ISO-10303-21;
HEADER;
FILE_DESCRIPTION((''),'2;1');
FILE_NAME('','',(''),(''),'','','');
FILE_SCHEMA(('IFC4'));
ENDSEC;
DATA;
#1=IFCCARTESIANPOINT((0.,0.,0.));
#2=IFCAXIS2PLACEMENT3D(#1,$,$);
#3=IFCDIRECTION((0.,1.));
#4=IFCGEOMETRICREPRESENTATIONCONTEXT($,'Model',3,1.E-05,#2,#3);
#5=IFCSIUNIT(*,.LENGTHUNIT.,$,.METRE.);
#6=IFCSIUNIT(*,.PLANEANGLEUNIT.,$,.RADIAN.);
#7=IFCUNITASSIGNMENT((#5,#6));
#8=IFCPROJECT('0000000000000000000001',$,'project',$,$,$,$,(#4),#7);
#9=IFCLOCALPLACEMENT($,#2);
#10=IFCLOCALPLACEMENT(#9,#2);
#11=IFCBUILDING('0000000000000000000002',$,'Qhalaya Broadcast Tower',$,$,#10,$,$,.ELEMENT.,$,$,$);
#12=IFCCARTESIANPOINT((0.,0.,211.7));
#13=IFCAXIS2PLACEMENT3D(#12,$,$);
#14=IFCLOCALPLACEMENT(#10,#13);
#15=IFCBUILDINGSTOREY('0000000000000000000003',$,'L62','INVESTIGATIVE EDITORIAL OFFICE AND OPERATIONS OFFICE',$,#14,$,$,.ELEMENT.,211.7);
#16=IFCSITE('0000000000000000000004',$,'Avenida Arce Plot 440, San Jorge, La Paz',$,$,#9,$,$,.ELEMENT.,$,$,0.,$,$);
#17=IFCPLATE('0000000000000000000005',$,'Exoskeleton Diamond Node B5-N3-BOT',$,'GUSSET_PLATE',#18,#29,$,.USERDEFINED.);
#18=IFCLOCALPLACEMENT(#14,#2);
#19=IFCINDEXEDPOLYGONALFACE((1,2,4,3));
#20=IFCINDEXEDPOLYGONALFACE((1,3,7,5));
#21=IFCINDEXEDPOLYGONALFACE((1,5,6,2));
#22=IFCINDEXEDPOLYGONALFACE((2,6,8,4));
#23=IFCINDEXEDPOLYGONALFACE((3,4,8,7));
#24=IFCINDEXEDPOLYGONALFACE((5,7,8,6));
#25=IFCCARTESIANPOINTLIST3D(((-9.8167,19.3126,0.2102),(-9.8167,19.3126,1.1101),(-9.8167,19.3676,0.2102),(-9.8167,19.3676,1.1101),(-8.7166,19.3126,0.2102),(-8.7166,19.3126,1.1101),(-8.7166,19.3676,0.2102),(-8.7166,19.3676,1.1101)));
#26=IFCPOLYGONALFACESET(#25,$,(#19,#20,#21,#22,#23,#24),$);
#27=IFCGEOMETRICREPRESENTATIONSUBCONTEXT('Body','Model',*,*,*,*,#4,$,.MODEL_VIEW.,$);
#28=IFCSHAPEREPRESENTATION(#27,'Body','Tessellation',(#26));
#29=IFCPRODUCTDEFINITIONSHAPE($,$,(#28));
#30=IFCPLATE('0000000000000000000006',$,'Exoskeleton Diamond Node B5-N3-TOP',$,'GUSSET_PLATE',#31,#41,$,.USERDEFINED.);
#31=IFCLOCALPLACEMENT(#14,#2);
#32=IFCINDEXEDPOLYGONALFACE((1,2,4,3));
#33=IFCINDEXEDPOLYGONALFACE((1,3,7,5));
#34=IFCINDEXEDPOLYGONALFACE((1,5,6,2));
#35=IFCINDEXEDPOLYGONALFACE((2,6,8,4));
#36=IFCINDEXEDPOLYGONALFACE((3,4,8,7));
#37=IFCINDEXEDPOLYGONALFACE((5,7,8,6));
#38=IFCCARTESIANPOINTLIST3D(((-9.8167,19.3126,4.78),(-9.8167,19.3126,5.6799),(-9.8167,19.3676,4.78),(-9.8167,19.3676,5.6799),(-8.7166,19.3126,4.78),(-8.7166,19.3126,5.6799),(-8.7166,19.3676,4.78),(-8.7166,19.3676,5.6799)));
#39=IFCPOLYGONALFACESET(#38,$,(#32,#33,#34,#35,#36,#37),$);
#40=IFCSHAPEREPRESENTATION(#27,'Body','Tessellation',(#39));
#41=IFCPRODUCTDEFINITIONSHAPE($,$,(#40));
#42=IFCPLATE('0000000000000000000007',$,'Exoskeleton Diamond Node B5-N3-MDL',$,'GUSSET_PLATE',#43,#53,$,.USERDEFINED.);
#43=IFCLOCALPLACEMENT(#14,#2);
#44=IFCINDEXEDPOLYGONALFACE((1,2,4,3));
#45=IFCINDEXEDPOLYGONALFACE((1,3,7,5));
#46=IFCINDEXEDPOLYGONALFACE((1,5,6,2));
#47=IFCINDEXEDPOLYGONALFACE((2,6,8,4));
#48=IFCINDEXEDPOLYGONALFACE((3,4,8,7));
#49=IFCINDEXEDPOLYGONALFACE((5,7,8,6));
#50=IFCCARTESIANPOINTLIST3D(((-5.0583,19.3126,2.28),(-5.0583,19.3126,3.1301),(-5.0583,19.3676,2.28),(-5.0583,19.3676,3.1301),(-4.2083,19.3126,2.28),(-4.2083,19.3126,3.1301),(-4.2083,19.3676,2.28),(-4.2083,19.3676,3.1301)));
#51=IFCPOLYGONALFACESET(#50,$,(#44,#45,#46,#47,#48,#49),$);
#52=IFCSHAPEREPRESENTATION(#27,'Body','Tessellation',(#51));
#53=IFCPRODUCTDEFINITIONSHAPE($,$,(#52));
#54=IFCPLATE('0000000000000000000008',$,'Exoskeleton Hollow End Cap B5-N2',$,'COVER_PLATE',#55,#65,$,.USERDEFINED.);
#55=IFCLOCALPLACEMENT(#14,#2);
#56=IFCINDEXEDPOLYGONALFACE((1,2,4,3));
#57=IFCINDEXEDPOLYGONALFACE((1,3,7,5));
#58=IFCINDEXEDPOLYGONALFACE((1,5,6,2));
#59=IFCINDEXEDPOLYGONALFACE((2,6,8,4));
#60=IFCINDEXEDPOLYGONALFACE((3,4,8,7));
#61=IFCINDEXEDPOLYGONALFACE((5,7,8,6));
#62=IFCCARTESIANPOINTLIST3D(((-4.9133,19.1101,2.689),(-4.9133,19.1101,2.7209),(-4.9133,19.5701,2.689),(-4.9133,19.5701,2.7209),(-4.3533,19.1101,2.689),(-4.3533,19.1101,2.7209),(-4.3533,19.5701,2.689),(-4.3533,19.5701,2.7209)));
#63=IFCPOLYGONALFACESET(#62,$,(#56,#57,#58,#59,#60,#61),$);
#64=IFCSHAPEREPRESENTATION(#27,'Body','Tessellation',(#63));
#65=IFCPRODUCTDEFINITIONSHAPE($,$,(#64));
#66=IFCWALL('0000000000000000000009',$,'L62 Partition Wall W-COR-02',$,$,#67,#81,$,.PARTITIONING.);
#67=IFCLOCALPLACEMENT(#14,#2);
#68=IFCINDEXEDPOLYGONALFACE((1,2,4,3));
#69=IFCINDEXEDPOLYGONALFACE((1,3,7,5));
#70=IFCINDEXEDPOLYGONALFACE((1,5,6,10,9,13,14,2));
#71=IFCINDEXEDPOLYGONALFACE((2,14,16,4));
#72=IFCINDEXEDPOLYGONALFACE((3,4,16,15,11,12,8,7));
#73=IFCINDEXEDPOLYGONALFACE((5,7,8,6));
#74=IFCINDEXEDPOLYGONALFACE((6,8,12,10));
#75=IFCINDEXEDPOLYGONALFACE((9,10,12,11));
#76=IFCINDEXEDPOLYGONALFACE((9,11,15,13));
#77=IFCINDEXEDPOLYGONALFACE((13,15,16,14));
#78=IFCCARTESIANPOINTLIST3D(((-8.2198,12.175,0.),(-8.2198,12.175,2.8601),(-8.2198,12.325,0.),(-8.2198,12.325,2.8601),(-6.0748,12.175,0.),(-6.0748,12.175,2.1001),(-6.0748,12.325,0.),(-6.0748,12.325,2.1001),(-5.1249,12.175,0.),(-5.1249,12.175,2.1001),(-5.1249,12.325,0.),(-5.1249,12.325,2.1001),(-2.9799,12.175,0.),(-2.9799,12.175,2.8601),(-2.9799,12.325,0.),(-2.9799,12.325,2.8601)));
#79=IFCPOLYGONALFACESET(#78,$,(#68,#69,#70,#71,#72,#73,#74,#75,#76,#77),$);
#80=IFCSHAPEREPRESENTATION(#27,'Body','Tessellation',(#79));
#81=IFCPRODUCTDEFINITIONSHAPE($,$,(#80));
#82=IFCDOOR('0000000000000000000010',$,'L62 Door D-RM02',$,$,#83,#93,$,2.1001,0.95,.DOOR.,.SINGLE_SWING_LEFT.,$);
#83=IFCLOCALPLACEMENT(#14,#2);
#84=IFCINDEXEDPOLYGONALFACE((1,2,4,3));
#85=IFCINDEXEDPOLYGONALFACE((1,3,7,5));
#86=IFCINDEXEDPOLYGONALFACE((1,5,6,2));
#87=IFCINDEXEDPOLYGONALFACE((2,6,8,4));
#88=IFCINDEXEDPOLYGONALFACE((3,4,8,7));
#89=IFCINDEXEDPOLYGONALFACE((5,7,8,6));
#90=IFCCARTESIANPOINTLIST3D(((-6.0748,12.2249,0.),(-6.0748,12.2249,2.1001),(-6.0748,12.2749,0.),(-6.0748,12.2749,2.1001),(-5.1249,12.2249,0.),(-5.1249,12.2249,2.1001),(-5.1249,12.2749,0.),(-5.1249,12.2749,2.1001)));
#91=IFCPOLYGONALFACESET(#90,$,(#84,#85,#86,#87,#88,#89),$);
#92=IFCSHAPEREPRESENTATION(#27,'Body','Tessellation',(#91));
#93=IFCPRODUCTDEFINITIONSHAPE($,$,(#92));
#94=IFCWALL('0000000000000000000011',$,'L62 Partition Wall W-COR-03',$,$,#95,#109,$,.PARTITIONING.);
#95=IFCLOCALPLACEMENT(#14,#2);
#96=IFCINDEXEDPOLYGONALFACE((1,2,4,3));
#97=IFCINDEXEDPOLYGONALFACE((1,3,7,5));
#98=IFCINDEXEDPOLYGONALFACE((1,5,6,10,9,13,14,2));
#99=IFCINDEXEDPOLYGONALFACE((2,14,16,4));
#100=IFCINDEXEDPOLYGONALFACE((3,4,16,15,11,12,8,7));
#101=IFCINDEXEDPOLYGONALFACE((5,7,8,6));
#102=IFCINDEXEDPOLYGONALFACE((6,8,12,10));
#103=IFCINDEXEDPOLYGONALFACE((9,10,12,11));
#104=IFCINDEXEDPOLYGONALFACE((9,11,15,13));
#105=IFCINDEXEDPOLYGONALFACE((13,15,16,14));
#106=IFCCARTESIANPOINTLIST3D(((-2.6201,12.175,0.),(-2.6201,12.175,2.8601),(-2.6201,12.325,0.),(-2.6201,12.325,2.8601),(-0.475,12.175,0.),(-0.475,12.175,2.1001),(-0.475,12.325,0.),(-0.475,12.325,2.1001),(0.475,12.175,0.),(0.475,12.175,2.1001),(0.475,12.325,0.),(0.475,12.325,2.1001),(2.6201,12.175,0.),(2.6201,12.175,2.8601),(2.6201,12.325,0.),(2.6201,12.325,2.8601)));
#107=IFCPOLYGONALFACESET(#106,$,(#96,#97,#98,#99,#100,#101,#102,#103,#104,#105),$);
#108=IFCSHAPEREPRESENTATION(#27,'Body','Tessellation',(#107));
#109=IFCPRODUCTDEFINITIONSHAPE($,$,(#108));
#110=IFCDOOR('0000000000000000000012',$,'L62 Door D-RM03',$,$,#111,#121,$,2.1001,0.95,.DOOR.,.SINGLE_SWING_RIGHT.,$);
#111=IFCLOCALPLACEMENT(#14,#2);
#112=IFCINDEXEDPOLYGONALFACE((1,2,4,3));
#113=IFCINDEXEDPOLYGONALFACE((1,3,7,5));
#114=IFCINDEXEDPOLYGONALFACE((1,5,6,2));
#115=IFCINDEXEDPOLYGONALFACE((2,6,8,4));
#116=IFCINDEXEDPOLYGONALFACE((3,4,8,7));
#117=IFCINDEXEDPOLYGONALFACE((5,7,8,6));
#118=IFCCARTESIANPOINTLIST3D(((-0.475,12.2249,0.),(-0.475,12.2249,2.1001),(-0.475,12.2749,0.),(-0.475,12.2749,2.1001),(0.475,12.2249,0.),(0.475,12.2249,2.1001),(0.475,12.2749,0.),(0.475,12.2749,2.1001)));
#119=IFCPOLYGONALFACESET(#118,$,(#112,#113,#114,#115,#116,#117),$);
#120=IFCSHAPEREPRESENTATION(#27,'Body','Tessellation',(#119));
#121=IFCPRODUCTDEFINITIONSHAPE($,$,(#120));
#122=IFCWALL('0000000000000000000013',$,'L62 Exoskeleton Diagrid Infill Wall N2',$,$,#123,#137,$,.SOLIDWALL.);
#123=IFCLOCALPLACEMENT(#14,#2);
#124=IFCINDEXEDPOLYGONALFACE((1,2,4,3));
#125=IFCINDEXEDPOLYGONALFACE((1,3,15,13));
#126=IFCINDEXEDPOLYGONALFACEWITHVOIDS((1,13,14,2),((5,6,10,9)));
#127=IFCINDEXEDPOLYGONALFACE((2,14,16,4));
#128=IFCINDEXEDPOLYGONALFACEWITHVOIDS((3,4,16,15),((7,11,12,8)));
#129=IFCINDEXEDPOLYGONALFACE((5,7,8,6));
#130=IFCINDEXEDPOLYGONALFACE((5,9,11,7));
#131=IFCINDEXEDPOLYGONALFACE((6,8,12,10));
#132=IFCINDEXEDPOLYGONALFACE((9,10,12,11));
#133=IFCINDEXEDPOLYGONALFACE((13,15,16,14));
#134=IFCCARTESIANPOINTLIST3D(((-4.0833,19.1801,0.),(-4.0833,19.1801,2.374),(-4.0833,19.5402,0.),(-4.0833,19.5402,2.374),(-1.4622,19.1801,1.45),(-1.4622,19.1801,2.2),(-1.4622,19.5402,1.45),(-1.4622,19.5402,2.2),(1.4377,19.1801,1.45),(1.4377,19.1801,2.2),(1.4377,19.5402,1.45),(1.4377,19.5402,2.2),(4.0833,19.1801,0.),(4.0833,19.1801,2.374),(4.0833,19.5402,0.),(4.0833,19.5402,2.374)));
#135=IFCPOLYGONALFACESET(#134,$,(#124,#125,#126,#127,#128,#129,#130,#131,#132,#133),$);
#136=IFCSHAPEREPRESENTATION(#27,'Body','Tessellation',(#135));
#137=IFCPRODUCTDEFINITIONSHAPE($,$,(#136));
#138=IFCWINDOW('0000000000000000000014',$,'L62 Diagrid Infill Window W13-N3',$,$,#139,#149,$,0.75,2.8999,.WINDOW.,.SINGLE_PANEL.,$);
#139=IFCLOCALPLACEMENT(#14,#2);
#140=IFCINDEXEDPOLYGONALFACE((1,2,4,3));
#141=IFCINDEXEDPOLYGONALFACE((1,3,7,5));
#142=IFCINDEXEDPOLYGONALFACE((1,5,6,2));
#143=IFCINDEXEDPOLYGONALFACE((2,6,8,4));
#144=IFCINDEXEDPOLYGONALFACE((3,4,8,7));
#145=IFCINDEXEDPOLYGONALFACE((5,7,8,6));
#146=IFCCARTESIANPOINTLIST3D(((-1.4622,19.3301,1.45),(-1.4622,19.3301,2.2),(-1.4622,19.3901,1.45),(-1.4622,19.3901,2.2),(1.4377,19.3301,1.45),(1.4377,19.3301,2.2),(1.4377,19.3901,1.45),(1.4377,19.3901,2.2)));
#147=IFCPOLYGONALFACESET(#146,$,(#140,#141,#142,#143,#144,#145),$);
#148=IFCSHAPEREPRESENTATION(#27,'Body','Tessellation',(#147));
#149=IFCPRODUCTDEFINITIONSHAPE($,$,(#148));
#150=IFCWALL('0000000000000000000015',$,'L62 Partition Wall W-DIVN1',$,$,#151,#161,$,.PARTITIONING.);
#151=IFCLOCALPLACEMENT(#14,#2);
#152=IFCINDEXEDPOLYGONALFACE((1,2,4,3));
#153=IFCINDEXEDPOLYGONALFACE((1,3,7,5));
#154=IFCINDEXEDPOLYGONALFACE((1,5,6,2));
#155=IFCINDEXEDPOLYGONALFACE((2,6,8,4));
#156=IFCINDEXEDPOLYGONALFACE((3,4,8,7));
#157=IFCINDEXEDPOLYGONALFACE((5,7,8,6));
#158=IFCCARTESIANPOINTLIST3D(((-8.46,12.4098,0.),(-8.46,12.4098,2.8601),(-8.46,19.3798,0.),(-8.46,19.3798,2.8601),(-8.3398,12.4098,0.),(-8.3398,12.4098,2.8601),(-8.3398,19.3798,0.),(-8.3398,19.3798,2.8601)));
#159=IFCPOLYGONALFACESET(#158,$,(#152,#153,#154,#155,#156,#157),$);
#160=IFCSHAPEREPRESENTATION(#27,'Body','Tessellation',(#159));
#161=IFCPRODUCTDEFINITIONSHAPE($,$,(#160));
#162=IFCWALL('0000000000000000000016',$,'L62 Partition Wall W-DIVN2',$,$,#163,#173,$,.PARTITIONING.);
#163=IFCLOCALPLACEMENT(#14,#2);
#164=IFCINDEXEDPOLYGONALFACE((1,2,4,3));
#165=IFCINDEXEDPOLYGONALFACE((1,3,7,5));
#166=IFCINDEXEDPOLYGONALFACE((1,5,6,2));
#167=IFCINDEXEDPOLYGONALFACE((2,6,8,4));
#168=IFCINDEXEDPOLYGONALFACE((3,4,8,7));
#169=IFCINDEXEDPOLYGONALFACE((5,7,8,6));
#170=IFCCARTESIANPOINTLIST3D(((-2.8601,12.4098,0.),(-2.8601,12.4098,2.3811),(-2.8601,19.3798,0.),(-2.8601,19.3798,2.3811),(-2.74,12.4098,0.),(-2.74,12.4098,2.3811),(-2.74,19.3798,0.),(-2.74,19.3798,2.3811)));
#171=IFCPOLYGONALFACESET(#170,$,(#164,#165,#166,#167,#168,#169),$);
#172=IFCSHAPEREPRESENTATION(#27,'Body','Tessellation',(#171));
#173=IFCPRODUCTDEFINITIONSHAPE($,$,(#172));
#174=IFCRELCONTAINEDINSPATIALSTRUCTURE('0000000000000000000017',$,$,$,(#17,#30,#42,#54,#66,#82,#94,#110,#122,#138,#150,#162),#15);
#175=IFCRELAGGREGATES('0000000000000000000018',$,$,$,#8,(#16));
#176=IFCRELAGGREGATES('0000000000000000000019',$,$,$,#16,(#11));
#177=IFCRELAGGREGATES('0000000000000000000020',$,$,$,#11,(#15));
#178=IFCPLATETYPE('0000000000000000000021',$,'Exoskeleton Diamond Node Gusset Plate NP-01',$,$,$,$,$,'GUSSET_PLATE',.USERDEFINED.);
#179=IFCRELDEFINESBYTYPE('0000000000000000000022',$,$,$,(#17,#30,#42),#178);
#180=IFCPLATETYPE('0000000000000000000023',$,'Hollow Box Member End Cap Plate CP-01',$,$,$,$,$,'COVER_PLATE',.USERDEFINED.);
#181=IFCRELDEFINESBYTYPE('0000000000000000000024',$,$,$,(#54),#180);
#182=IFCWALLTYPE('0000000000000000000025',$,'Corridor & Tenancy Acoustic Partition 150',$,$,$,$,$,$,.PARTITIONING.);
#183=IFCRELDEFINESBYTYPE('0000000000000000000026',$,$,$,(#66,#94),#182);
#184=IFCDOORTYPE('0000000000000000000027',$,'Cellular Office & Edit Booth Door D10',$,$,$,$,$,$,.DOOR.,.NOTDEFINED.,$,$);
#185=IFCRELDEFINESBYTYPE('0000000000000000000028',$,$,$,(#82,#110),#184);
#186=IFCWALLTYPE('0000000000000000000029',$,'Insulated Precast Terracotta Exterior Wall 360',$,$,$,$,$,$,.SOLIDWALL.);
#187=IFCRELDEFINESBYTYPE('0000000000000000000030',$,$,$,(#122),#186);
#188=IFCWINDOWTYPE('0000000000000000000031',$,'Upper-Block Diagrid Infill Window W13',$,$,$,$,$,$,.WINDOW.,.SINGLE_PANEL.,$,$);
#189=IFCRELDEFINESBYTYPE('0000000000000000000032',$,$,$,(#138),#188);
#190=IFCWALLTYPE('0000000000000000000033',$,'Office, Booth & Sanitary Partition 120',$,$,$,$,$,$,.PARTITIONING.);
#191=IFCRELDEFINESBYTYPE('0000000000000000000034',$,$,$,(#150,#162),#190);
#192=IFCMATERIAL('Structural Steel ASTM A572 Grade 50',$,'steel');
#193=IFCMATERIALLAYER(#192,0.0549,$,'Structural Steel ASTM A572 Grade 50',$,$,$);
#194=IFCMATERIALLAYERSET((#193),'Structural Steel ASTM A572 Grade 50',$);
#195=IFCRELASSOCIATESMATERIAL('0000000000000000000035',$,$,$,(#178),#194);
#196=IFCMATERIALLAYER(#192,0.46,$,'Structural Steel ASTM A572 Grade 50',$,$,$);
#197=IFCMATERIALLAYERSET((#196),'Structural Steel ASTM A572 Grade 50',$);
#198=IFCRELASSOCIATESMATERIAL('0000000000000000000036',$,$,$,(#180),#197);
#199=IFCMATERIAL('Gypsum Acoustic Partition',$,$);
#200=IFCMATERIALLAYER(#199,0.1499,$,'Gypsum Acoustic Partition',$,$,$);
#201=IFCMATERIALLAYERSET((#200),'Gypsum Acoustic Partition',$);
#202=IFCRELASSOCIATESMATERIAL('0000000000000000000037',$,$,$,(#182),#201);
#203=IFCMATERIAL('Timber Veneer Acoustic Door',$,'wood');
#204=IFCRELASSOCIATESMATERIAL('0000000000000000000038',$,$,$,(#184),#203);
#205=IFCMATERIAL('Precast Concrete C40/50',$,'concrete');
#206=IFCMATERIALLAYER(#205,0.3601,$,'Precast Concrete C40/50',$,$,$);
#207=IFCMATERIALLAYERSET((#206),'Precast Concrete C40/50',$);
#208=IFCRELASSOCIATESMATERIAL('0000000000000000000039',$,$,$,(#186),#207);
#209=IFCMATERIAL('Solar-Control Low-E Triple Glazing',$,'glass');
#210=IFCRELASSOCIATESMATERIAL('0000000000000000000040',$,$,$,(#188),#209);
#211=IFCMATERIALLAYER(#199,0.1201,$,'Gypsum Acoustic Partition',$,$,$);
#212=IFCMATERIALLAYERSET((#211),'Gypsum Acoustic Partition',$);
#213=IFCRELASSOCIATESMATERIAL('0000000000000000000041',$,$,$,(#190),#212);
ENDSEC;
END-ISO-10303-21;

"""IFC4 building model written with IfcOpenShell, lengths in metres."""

from ifc_helpers import new_model, si_unit, direction, frame, frame_2d, origin, origin_2d, place, context, subcontext, project, spatial, rectangle, extrude, material, layer, layer_set, type_object, element, fill, save


model = new_model("IFC4")

# Units and contexts
model_context = context("Model", 3, precision=1e-05, world=origin(), true_north=direction((0.0, 1.0)))
body_context = subcontext(model_context, "Body", "Model", "MODEL_VIEW")
ifc_project = project(units=[si_unit("LENGTHUNIT", "METRE"), si_unit("PLANEANGLEUNIT", "RADIAN")], contexts=[model_context])

# Site, building, storey
site_placement = place(None, origin())
site = spatial("IfcSite", under=ifc_project, at=site_placement, Name="Avenida Arce Plot 440, San Jorge, La Paz", CompositionType="ELEMENT", RefElevation=0.0)
building_placement = place(site_placement, origin())
building = spatial("IfcBuilding", under=site, at=building_placement, Name="Qhalaya Broadcast Tower", CompositionType="ELEMENT")
storey_placement = place(building_placement, frame((0.0, 0.0, 211.7)))
storey = spatial("IfcBuildingStorey", under=building, at=storey_placement, Name="L62", Description="INVESTIGATIVE EDITORIAL OFFICE AND OPERATIONS OFFICE", CompositionType="ELEMENT", Elevation=211.7)

# Shared definitions
ifc_material_1 = material(Name="Structural Steel ASTM A572 Grade 50", Category="steel")

# Plates
ifc_layer_1 = layer(ifc_material_1, 0.0549, Name="Structural Steel ASTM A572 Grade 50")
ifc_layer_set_1 = layer_set([ifc_layer_1], Name="Structural Steel ASTM A572 Grade 50")
plate_type_1 = type_object("IfcPlateType", Name="Exoskeleton Diamond Node Gusset Plate NP-01", ElementType="GUSSET_PLATE", PredefinedType="USERDEFINED", material=ifc_layer_set_1)
for number, where, z_axis, x_axis, name in (
    (1, (-9.2666, 19.3401, 0.2102), (0.0, 0.0, 1.0), (1.0, 0.0, 0.0), "Exoskeleton Diamond Node B5-N3-BOT"),
    (2, (-9.2666, 19.3401, 4.78), (0.0, 0.0, 1.0), (1.0, 0.0, 0.0), "Exoskeleton Diamond Node B5-N3-TOP"),
):
    element("IfcPlate", number, at=place(storey_placement, frame(where, z_axis=z_axis, x_axis=x_axis)), inside=storey, type_object=plate_type_1, Name=name, ObjectType="GUSSET_PLATE", PredefinedType="USERDEFINED", context=body_context, shape_type="SweptSolid", body=[
        extrude(rectangle(XDim=1.1001, YDim=0.0549, at=origin_2d()), origin(), (0.0, 0.0, 1.0), 0.8999),
    ])
plate_1_placement = place(storey_placement, frame((-4.6333, 19.3401, 2.28), z_axis=(0.0, 0.0, 1.0), x_axis=(1.0, 0.0, 0.0)))
element("IfcPlate", 3, at=plate_1_placement, inside=storey, type_object=plate_type_1, Name="Exoskeleton Diamond Node B5-N3-MDL", ObjectType="GUSSET_PLATE", PredefinedType="USERDEFINED", context=body_context, shape_type="SweptSolid", body=[
    extrude(rectangle(XDim=0.8501, YDim=0.0549, at=origin_2d()), origin(), (0.0, 0.0, 1.0), 0.8501),
])
ifc_layer_2 = layer(ifc_material_1, 0.46, Name="Structural Steel ASTM A572 Grade 50")
ifc_layer_set_2 = layer_set([ifc_layer_2], Name="Structural Steel ASTM A572 Grade 50")
plate_type_2 = type_object("IfcPlateType", Name="Hollow Box Member End Cap Plate CP-01", ElementType="COVER_PLATE", PredefinedType="USERDEFINED", material=ifc_layer_set_2)
plate_2_placement = place(storey_placement, frame((-4.6333, 19.3401, 2.689), z_axis=(0.0, 0.0, 1.0), x_axis=(1.0, 0.0, 0.0)))
element("IfcPlate", 4, at=plate_2_placement, inside=storey, type_object=plate_type_2, Name="Exoskeleton Hollow End Cap B5-N2", ObjectType="COVER_PLATE", PredefinedType="USERDEFINED", context=body_context, shape_type="SweptSolid", body=[
    extrude(rectangle(XDim=0.5601, YDim=0.46, at=origin_2d()), origin(), (0.0, 0.0, 1.0), 0.032),
])

# Walls, openings, doors
ifc_material_2 = material(Name="Gypsum Acoustic Partition")
ifc_layer_3 = layer(ifc_material_2, 0.1499, Name="Gypsum Acoustic Partition")
ifc_layer_set_3 = layer_set([ifc_layer_3], Name="Gypsum Acoustic Partition")
wall_type_1 = type_object("IfcWallType", Name="Corridor & Tenancy Acoustic Partition 150", PredefinedType="PARTITIONING", material=ifc_layer_set_3)
wall_1_placement = place(storey_placement, frame((-8.22, 12.25, 0.0), z_axis=(0.0, 0.0, 1.0), x_axis=(1.0, 0.0, 0.0)))
wall_1 = element("IfcWall", 5, at=wall_1_placement, inside=storey, type_object=wall_type_1, Name="L62 Partition Wall W-COR-02", PredefinedType="PARTITIONING", context=body_context, shape_type="SweptSolid", body=[
    extrude(rectangle(XDim=5.24, YDim=0.1499, at=frame_2d((2.6201, 0.0))), origin(), (0.0, 0.0, 1.0), 2.8601),
])
opening_1_placement = place(wall_1_placement, frame((2.145, 0.0, 0.0)))
opening_1 = element("IfcOpeningElement", 6, at=opening_1_placement, cuts=wall_1, PredefinedType="OPENING", context=body_context, shape_type="SweptSolid", body=[
    extrude(rectangle(XDim=0.95, YDim=2.1001, at=frame_2d((0.4751, 1.05))), frame((0.0, 0.0869, 0.0), z_axis=(0.0, -1.0, 0.0), x_axis=(1.0, 0.0, 0.0)), (0.0, 0.0, 1.0), 0.1738),
])
ifc_material_3 = material(Name="Timber Veneer Acoustic Door", Category="wood")
door_type = type_object("IfcDoorType", Name="Cellular Office & Edit Booth Door D10", OperationType="NOTDEFINED", PredefinedType="DOOR", material=ifc_material_3)
door_1_placement = place(opening_1_placement, origin())
door_1 = element("IfcDoor", 7, at=door_1_placement, inside=storey, type_object=door_type, Name="L62 Door D-RM02", OperationType="SINGLE_SWING_LEFT", OverallHeight=2.1001, OverallWidth=0.95, PredefinedType="DOOR", context=body_context, shape_type="SweptSolid", body=[
    extrude(rectangle(XDim=0.95, YDim=2.1001, at=frame_2d((0.4751, 1.05))), frame((0.0, 0.0249, 0.0), z_axis=(0.0, -1.0, 0.0), x_axis=(1.0, 0.0, 0.0)), (0.0, 0.0, 1.0), 0.05),
])
fill(opening_1, door_1)
wall_2_placement = place(storey_placement, frame((-2.6201, 12.25, 0.0), z_axis=(0.0, 0.0, 1.0), x_axis=(1.0, 0.0, 0.0)))
wall_2 = element("IfcWall", 8, at=wall_2_placement, inside=storey, type_object=wall_type_1, Name="L62 Partition Wall W-COR-03", PredefinedType="PARTITIONING", context=body_context, shape_type="SweptSolid", body=[
    extrude(rectangle(XDim=5.2402, YDim=0.1499, at=frame_2d((2.6201, 0.0))), origin(), (0.0, 0.0, 1.0), 2.8601),
])
opening_2_placement = place(wall_2_placement, frame((2.145, 0.0, 0.0)))
opening_2 = element("IfcOpeningElement", 9, at=opening_2_placement, cuts=wall_2, PredefinedType="OPENING", context=body_context, shape_type="SweptSolid", body=[
    extrude(rectangle(XDim=0.95, YDim=2.1001, at=frame_2d((0.4751, 1.05))), frame((0.0, 0.0869, 0.0), z_axis=(0.0, -1.0, 0.0), x_axis=(1.0, 0.0, 0.0)), (0.0, 0.0, 1.0), 0.1738),
])
door_2_placement = place(opening_2_placement, origin())
door_2 = element("IfcDoor", 10, at=door_2_placement, inside=storey, type_object=door_type, Name="L62 Door D-RM03", OperationType="SINGLE_SWING_RIGHT", OverallHeight=2.1001, OverallWidth=0.95, PredefinedType="DOOR", context=body_context, shape_type="SweptSolid", body=[
    extrude(rectangle(XDim=0.95, YDim=2.1001, at=frame_2d((0.4751, 1.05))), frame((0.0, 0.0249, 0.0), z_axis=(0.0, -1.0, 0.0), x_axis=(1.0, 0.0, 0.0)), (0.0, 0.0, 1.0), 0.05),
])
fill(opening_2, door_2)

# Wall, opening, window
ifc_material_4 = material(Name="Precast Concrete C40/50", Category="concrete")
ifc_layer_4 = layer(ifc_material_4, 0.3601, Name="Precast Concrete C40/50")
ifc_layer_set_4 = layer_set([ifc_layer_4], Name="Precast Concrete C40/50")
wall_type_2 = type_object("IfcWallType", Name="Insulated Precast Terracotta Exterior Wall 360", PredefinedType="SOLIDWALL", material=ifc_layer_set_4)
wall_3_placement = place(storey_placement, frame((-4.0833, 19.3601, 0.0), z_axis=(0.0, 0.0, 1.0), x_axis=(1.0, 0.0, 0.0)))
wall_3 = element("IfcWall", 11, at=wall_3_placement, inside=storey, type_object=wall_type_2, Name="L62 Exoskeleton Diagrid Infill Wall N2", PredefinedType="SOLIDWALL", context=body_context, shape_type="SweptSolid", body=[
    extrude(rectangle(XDim=8.1665, YDim=0.3601, at=frame_2d((4.0833, 0.0))), origin(), (0.0, 0.0, 1.0), 2.374),
])
opening_3_placement = place(wall_3_placement, frame((2.6211, 0.0, 1.45)))
opening_3 = element("IfcOpeningElement", 12, at=opening_3_placement, cuts=wall_3, PredefinedType="OPENING", context=body_context, shape_type="SweptSolid", body=[
    extrude(rectangle(XDim=2.8999, YDim=0.75, at=frame_2d((1.45, 0.375))), frame((0.0, 0.1921, 0.0), z_axis=(0.0, -1.0, 0.0), x_axis=(1.0, 0.0, 0.0)), (0.0, 0.0, 1.0), 0.384),
])
ifc_material_5 = material(Name="Solar-Control Low-E Triple Glazing", Category="glass")
window_type = type_object("IfcWindowType", Name="Upper-Block Diagrid Infill Window W13", PartitioningType="SINGLE_PANEL", PredefinedType="WINDOW", material=ifc_material_5)
window_placement = place(opening_3_placement, origin())
window = element("IfcWindow", 13, at=window_placement, inside=storey, type_object=window_type, Name="L62 Diagrid Infill Window W13-N3", OverallHeight=0.75, OverallWidth=2.8999, PartitioningType="SINGLE_PANEL", PredefinedType="WINDOW", context=body_context, shape_type="SweptSolid", body=[
    extrude(rectangle(XDim=2.8999, YDim=0.75, at=frame_2d((1.45, 0.375))), frame((0.0, 0.03, 0.0), z_axis=(0.0, -1.0, 0.0), x_axis=(1.0, 0.0, 0.0)), (0.0, 0.0, 1.0), 0.0601),
])
fill(opening_3, window)

# Walls
ifc_layer_5 = layer(ifc_material_2, 0.1201, Name="Gypsum Acoustic Partition")
ifc_layer_set_5 = layer_set([ifc_layer_5], Name="Gypsum Acoustic Partition")
wall_type_3 = type_object("IfcWallType", Name="Office, Booth & Sanitary Partition 120", PredefinedType="PARTITIONING", material=ifc_layer_set_5)
wall_4_placement = place(storey_placement, frame((-8.3999, 12.4099, 0.0), z_axis=(0.0, 0.0, 1.0), x_axis=(0.0, 1.0, 0.0)))
element("IfcWall", 14, at=wall_4_placement, inside=storey, type_object=wall_type_3, Name="L62 Partition Wall W-DIVN1", PredefinedType="PARTITIONING", context=body_context, shape_type="SweptSolid", body=[
    extrude(rectangle(XDim=6.97, YDim=0.1201, at=frame_2d((3.4849, 0.0))), origin(), (0.0, 0.0, 1.0), 2.8601),
])
wall_5_placement = place(storey_placement, frame((-2.8, 12.4099, 0.0), z_axis=(0.0, 0.0, 1.0), x_axis=(0.0, 1.0, 0.0)))
element("IfcWall", 15, at=wall_5_placement, inside=storey, type_object=wall_type_3, Name="L62 Partition Wall W-DIVN2", PredefinedType="PARTITIONING", context=body_context, shape_type="SweptSolid", body=[
    extrude(rectangle(XDim=6.97, YDim=0.1201, at=frame_2d((3.4849, 0.0))), origin(), (0.0, 0.0, 1.0), 2.3811),
])

save(model, "model.ifc")
